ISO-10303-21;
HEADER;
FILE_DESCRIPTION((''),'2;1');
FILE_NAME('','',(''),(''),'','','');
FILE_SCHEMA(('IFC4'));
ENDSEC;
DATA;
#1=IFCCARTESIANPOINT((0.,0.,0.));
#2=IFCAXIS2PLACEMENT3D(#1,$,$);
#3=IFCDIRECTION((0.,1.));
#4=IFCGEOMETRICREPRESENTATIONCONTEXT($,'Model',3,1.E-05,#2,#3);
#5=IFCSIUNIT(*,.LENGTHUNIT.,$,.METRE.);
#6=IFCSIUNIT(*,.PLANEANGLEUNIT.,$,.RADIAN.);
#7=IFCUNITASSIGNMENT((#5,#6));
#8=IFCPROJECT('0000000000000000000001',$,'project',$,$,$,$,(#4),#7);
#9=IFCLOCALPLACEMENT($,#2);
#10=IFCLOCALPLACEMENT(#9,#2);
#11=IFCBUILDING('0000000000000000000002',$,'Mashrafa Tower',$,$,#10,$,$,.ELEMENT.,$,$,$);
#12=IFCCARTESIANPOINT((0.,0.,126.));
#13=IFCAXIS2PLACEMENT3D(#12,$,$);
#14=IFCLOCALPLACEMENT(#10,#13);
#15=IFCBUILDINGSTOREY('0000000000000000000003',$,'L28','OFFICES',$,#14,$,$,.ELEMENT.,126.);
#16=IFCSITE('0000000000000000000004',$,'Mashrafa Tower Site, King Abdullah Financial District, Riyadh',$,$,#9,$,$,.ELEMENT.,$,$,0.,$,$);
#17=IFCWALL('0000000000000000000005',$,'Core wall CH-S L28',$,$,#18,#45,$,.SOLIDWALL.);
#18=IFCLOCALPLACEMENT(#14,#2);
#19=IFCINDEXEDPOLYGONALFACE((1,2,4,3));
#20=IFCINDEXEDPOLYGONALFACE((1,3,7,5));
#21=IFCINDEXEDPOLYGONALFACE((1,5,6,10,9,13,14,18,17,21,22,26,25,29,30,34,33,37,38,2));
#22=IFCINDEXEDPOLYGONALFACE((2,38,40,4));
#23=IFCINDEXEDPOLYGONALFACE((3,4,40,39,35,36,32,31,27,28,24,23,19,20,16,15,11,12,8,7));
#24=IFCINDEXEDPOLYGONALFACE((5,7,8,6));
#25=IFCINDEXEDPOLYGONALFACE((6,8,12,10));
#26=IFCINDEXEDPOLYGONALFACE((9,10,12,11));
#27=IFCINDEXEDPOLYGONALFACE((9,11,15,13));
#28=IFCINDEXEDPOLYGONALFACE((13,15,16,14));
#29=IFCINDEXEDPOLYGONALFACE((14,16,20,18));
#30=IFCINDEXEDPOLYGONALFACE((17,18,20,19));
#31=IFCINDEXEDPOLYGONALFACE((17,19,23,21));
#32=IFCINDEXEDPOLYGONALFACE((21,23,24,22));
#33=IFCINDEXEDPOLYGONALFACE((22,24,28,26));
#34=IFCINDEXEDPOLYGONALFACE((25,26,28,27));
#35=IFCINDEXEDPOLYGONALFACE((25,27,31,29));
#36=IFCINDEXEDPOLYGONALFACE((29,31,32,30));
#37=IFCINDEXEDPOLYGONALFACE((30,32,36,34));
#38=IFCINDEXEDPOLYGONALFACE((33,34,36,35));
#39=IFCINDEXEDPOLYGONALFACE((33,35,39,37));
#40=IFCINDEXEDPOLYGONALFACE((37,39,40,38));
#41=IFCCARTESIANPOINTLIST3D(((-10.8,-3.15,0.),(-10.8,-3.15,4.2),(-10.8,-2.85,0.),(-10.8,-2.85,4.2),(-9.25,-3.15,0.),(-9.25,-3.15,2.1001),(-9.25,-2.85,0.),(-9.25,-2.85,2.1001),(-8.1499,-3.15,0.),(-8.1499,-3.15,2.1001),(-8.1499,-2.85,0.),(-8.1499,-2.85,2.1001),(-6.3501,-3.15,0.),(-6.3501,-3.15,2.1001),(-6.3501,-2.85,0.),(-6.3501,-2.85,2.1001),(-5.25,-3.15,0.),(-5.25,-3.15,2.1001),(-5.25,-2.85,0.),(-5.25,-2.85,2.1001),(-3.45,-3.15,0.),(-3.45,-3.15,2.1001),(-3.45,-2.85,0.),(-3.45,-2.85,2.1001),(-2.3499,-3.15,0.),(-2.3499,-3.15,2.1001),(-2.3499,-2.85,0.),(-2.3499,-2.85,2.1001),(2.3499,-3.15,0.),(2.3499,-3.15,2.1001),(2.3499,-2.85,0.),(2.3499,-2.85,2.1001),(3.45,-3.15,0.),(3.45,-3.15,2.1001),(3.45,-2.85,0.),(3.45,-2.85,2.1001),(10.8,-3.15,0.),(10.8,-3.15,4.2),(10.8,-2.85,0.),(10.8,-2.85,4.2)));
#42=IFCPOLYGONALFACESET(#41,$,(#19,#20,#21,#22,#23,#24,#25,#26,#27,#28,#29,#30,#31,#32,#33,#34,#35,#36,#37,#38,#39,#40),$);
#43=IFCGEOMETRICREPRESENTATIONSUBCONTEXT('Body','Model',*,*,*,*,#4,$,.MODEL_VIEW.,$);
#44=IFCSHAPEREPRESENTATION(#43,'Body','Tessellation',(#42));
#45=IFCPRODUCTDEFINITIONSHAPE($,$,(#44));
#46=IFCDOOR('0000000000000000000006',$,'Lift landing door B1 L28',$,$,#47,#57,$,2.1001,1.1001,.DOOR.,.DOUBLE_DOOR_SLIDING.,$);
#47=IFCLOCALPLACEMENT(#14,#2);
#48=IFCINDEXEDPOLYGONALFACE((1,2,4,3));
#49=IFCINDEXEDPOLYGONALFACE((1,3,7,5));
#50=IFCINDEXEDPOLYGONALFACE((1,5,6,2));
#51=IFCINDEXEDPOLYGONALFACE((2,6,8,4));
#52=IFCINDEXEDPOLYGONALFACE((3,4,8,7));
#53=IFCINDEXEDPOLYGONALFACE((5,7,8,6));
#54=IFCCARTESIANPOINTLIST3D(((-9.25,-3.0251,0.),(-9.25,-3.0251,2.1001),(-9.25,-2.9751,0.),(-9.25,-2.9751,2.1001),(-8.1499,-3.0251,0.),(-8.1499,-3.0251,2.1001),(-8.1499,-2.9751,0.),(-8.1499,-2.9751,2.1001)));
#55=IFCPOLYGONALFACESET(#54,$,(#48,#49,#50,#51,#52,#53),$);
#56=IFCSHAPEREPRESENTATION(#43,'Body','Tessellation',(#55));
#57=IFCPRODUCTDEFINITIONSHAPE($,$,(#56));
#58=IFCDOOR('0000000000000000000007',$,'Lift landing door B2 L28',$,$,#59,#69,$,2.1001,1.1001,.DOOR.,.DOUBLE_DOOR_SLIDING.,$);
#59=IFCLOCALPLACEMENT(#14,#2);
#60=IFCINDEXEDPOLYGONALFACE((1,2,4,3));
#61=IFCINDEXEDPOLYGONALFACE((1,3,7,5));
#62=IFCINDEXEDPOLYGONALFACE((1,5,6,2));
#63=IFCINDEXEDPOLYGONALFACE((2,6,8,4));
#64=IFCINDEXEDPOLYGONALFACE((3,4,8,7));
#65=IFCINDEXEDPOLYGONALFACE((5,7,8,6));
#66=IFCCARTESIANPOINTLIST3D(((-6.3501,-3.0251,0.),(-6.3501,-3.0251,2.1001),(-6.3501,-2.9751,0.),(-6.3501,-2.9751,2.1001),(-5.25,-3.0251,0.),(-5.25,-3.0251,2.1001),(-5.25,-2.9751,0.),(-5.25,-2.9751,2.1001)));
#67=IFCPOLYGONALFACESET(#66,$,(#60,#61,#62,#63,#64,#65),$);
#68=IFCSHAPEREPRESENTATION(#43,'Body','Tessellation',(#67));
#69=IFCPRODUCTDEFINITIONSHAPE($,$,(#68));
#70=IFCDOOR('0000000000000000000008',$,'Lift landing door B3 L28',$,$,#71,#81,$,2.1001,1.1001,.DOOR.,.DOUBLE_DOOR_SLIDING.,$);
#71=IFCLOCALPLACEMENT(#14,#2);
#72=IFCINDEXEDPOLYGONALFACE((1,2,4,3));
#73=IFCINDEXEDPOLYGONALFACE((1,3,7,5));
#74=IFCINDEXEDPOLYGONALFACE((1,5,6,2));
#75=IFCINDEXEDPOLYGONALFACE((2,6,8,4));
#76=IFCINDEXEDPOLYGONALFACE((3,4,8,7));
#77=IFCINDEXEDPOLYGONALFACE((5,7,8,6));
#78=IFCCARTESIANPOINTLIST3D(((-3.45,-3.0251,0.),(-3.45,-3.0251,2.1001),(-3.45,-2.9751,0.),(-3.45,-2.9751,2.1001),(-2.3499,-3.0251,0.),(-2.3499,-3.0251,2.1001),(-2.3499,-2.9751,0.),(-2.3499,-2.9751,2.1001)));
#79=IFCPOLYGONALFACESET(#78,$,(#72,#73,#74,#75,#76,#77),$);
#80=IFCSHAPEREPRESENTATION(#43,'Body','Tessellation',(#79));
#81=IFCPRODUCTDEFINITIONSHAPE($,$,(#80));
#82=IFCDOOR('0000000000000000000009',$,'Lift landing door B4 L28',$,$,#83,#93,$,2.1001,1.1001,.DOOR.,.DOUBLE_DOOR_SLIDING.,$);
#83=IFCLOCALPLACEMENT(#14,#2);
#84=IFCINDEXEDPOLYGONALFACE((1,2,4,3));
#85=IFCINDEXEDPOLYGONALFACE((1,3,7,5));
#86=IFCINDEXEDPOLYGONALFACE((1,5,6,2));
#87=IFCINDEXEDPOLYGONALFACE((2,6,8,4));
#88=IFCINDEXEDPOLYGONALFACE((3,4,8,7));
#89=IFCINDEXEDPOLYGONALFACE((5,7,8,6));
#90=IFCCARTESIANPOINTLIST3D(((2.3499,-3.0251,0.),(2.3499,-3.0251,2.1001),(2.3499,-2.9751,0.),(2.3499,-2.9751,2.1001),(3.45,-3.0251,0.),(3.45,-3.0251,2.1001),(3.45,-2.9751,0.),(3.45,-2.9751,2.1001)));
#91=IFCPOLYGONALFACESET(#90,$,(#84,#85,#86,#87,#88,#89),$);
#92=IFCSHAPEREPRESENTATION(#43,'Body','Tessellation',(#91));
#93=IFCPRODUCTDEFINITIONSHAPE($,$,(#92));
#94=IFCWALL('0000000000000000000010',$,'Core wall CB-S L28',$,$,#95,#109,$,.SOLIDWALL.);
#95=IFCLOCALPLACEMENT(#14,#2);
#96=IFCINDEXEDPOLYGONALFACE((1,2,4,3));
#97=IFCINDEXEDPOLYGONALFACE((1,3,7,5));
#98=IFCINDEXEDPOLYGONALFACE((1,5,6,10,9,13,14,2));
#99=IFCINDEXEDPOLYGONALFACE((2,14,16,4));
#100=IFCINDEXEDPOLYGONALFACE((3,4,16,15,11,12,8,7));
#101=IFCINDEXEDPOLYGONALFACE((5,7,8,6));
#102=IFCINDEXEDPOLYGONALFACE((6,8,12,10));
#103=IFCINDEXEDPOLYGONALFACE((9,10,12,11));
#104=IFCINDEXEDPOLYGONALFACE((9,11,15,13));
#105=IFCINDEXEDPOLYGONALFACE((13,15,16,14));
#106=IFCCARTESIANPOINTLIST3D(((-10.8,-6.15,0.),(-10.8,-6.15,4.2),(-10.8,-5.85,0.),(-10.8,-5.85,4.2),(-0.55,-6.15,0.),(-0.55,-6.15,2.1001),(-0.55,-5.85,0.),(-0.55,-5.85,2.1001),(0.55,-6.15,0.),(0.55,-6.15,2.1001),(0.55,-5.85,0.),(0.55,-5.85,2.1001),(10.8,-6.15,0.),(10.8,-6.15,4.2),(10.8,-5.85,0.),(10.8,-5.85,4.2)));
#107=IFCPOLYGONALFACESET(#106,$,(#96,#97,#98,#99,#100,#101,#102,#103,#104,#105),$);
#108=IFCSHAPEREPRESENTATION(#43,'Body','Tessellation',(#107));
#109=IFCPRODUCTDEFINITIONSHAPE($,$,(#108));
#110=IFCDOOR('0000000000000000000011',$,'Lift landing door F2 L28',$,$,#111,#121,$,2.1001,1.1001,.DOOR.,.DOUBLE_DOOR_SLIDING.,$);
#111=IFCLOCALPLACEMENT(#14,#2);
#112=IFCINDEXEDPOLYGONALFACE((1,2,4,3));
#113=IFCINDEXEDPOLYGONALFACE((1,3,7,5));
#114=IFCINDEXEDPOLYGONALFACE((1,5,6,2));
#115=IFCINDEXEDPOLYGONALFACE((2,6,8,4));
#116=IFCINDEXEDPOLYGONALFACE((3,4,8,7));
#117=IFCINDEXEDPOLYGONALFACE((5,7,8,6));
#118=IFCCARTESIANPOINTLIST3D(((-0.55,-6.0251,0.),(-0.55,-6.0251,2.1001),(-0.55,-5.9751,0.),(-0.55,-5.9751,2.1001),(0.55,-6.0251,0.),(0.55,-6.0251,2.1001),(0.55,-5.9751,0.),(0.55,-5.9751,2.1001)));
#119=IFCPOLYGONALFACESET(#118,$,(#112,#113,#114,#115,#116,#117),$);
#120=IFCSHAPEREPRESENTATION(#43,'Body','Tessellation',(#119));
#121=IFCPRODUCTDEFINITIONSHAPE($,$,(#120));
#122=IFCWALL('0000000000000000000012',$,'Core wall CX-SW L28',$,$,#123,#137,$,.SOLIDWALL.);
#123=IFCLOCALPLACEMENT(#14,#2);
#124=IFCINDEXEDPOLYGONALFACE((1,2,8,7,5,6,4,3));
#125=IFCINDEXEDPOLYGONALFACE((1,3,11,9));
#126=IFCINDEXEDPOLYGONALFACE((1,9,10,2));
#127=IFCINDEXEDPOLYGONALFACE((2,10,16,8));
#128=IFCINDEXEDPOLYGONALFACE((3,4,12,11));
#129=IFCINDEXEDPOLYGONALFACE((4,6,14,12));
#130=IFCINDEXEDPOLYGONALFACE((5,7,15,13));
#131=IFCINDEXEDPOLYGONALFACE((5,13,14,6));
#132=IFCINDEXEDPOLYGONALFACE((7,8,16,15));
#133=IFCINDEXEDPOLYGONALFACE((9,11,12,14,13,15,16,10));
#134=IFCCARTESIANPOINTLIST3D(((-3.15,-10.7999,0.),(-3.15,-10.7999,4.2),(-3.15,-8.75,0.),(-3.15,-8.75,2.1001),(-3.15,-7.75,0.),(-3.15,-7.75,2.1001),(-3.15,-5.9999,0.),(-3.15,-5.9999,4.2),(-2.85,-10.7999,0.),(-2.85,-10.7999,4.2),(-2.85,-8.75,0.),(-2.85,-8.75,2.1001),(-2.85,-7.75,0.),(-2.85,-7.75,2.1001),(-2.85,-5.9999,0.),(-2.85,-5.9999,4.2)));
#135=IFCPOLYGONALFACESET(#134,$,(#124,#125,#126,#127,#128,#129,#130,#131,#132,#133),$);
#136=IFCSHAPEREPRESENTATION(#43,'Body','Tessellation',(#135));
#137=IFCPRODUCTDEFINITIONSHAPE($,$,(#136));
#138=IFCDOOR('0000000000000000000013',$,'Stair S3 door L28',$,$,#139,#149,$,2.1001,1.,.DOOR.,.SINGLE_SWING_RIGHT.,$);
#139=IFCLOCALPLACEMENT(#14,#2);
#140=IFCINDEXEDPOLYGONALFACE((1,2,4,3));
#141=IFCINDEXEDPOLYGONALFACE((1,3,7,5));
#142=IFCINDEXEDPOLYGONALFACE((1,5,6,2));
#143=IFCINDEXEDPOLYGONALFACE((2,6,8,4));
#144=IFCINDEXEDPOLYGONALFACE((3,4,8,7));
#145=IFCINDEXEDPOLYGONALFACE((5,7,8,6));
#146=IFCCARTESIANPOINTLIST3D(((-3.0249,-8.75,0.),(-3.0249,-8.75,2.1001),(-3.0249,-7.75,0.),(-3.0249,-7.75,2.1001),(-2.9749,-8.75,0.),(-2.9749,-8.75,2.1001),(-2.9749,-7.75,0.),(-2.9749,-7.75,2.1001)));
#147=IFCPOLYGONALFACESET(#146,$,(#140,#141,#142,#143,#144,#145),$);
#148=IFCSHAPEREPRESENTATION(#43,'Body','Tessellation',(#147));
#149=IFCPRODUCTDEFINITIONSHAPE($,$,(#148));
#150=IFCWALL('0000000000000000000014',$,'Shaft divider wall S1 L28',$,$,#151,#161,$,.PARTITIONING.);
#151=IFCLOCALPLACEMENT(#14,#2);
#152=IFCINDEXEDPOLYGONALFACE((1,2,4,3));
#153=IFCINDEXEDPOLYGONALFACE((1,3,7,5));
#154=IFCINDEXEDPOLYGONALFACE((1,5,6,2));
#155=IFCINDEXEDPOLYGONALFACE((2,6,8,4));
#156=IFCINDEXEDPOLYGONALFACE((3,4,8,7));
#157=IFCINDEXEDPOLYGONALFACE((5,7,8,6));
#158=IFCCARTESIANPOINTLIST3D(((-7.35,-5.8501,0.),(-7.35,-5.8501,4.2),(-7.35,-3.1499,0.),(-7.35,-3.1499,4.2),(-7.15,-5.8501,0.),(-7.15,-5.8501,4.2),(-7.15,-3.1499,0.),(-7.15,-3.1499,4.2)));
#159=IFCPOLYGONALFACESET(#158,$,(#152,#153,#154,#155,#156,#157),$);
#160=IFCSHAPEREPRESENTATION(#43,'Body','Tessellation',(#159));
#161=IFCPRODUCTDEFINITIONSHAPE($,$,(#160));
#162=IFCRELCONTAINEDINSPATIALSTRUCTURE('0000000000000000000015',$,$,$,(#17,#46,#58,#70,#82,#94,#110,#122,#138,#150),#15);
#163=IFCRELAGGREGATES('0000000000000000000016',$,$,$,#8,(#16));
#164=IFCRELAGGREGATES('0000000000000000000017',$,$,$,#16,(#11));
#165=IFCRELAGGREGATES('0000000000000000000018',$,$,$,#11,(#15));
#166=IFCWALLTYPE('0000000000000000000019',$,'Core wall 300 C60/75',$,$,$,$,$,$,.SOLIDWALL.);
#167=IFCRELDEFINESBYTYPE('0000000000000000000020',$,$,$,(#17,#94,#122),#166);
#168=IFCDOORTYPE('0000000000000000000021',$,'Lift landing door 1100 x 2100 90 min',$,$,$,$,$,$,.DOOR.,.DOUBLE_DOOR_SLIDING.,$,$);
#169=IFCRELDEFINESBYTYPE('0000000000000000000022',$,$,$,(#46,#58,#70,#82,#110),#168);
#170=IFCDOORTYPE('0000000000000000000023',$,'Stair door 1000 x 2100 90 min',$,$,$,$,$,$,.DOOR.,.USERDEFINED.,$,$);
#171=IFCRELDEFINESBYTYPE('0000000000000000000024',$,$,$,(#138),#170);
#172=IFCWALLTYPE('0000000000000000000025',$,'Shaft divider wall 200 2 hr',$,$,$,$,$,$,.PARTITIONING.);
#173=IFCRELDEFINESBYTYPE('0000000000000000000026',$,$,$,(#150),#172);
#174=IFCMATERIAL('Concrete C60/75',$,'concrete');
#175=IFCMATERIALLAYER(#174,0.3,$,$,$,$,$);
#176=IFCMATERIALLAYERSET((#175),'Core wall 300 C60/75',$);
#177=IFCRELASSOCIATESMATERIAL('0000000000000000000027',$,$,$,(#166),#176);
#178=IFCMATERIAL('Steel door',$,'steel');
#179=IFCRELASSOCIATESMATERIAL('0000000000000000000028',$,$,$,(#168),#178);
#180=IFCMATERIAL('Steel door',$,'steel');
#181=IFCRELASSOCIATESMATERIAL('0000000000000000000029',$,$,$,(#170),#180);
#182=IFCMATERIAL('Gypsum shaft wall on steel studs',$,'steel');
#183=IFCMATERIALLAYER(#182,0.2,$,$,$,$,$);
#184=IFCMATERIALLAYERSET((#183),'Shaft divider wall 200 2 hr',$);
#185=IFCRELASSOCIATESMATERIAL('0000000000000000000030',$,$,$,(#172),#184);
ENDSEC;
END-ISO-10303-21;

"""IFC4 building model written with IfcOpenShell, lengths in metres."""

from ifc_helpers import new_model, si_unit, direction, frame, frame_2d, origin, place, context, subcontext, project, spatial, rectangle, extrude, material, layer, layer_set, type_object, element, fill, save


model = new_model("IFC4")

# Units and contexts
model_context = context("Model", 3, precision=1e-05, world=origin(), true_north=direction((0.0, 1.0)))
body_context = subcontext(model_context, "Body", "Model", "MODEL_VIEW")
ifc_project = project(units=[si_unit("LENGTHUNIT", "METRE"), si_unit("PLANEANGLEUNIT", "RADIAN")], contexts=[model_context])

# Site, building, storey
site_placement = place(None, origin())
site = spatial("IfcSite", under=ifc_project, at=site_placement, Name="Mashrafa Tower Site, King Abdullah Financial District, Riyadh", CompositionType="ELEMENT", RefElevation=0.0)
building_placement = place(site_placement, origin())
building = spatial("IfcBuilding", under=site, at=building_placement, Name="Mashrafa Tower", CompositionType="ELEMENT")
storey_placement = place(building_placement, frame((0.0, 0.0, 126.0)))
storey = spatial("IfcBuildingStorey", under=building, at=storey_placement, Name="L28", Description="OFFICES", CompositionType="ELEMENT", Elevation=126.0)

# Wall, openings, doors
ifc_material_1 = material(Name="Concrete C60/75", Category="concrete")
ifc_layer_1 = layer(ifc_material_1, 0.3)
ifc_layer_set_1 = layer_set([ifc_layer_1], Name="Core wall 300 C60/75")
wall_type_1 = type_object("IfcWallType", Name="Core wall 300 C60/75", PredefinedType="SOLIDWALL", material=ifc_layer_set_1)
wall_1_placement = place(storey_placement, frame((-10.8, -3.0, 0.0), z_axis=(0.0, 0.0, 1.0), x_axis=(1.0, 0.0, 0.0)))
wall_1 = element("IfcWall", 1, at=wall_1_placement, inside=storey, type_object=wall_type_1, Name="Core wall CH-S L28", PredefinedType="SOLIDWALL", context=body_context, shape_type="SweptSolid", body=[
    extrude(rectangle(XDim=21.6001, YDim=0.3, at=frame_2d((10.8, 0.0))), origin(), (0.0, 0.0, 1.0), 4.2),
])
opening_1_placement = place(wall_1_placement, frame((1.55, 0.0, 0.0)))
opening_1 = element("IfcOpeningElement", 2, at=opening_1_placement, cuts=wall_1, PredefinedType="OPENING", context=body_context, shape_type="SweptSolid", body=[
    extrude(rectangle(XDim=1.1001, YDim=2.1001, at=frame_2d((0.55, 1.05))), frame((0.0, 0.1599, 0.0), z_axis=(0.0, -1.0, 0.0), x_axis=(1.0, 0.0, 0.0)), (0.0, 0.0, 1.0), 0.3201),
])
opening_2_placement = place(wall_1_placement, frame((4.45, 0.0, 0.0)))
opening_2 = element("IfcOpeningElement", 3, at=opening_2_placement, cuts=wall_1, PredefinedType="OPENING", context=body_context, shape_type="SweptSolid", body=[
    extrude(rectangle(XDim=1.1001, YDim=2.1001, at=frame_2d((0.55, 1.05))), frame((0.0, 0.1599, 0.0), z_axis=(0.0, -1.0, 0.0), x_axis=(1.0, 0.0, 0.0)), (0.0, 0.0, 1.0), 0.3201),
])
opening_3_placement = place(wall_1_placement, frame((7.3501, 0.0, 0.0)))
opening_3 = element("IfcOpeningElement", 4, at=opening_3_placement, cuts=wall_1, PredefinedType="OPENING", context=body_context, shape_type="SweptSolid", body=[
    extrude(rectangle(XDim=1.1001, YDim=2.1001, at=frame_2d((0.55, 1.05))), frame((0.0, 0.1599, 0.0), z_axis=(0.0, -1.0, 0.0), x_axis=(1.0, 0.0, 0.0)), (0.0, 0.0, 1.0), 0.3201),
])
opening_4_placement = place(wall_1_placement, frame((13.1499, 0.0, 0.0)))
opening_4 = element("IfcOpeningElement", 5, at=opening_4_placement, cuts=wall_1, PredefinedType="OPENING", context=body_context, shape_type="SweptSolid", body=[
    extrude(rectangle(XDim=1.1001, YDim=2.1001, at=frame_2d((0.55, 1.05))), frame((0.0, 0.1599, 0.0), z_axis=(0.0, -1.0, 0.0), x_axis=(1.0, 0.0, 0.0)), (0.0, 0.0, 1.0), 0.3201),
])
ifc_material_2 = material(Name="Steel door", Category="steel")
door_type_1 = type_object("IfcDoorType", Name="Lift landing door 1100 x 2100 90 min", OperationType="DOUBLE_DOOR_SLIDING", PredefinedType="DOOR", material=ifc_material_2)
door_1_placement = place(opening_1_placement, origin())
door_1 = element("IfcDoor", 6, at=door_1_placement, inside=storey, type_object=door_type_1, Name="Lift landing door B1 L28", OperationType="DOUBLE_DOOR_SLIDING", OverallHeight=2.1001, OverallWidth=1.1001, PredefinedType="DOOR", context=body_context, shape_type="SweptSolid", body=[
    extrude(rectangle(XDim=1.1001, YDim=2.1001, at=frame_2d((0.55, 1.05))), frame((0.0, 0.0249, 0.0), z_axis=(0.0, -1.0, 0.0), x_axis=(1.0, 0.0, 0.0)), (0.0, 0.0, 1.0), 0.05),
])
fill(opening_1, door_1)
door_2_placement = place(opening_2_placement, origin())
door_2 = element("IfcDoor", 7, at=door_2_placement, inside=storey, type_object=door_type_1, Name="Lift landing door B2 L28", OperationType="DOUBLE_DOOR_SLIDING", OverallHeight=2.1001, OverallWidth=1.1001, PredefinedType="DOOR", context=body_context, shape_type="SweptSolid", body=[
    extrude(rectangle(XDim=1.1001, YDim=2.1001, at=frame_2d((0.55, 1.05))), frame((0.0, 0.0249, 0.0), z_axis=(0.0, -1.0, 0.0), x_axis=(1.0, 0.0, 0.0)), (0.0, 0.0, 1.0), 0.05),
])
fill(opening_2, door_2)
door_3_placement = place(opening_3_placement, origin())
door_3 = element("IfcDoor", 8, at=door_3_placement, inside=storey, type_object=door_type_1, Name="Lift landing door B3 L28", OperationType="DOUBLE_DOOR_SLIDING", OverallHeight=2.1001, OverallWidth=1.1001, PredefinedType="DOOR", context=body_context, shape_type="SweptSolid", body=[
    extrude(rectangle(XDim=1.1001, YDim=2.1001, at=frame_2d((0.55, 1.05))), frame((0.0, 0.0249, 0.0), z_axis=(0.0, -1.0, 0.0), x_axis=(1.0, 0.0, 0.0)), (0.0, 0.0, 1.0), 0.05),
])
fill(opening_3, door_3)
door_4_placement = place(opening_4_placement, origin())
door_4 = element("IfcDoor", 9, at=door_4_placement, inside=storey, type_object=door_type_1, Name="Lift landing door B4 L28", OperationType="DOUBLE_DOOR_SLIDING", OverallHeight=2.1001, OverallWidth=1.1001, PredefinedType="DOOR", context=body_context, shape_type="SweptSolid", body=[
    extrude(rectangle(XDim=1.1001, YDim=2.1001, at=frame_2d((0.55, 1.05))), frame((0.0, 0.0249, 0.0), z_axis=(0.0, -1.0, 0.0), x_axis=(1.0, 0.0, 0.0)), (0.0, 0.0, 1.0), 0.05),
])
fill(opening_4, door_4)

# Walls, openings, doors
wall_2_placement = place(storey_placement, frame((-10.8, -6.0, 0.0), z_axis=(0.0, 0.0, 1.0), x_axis=(1.0, 0.0, 0.0)))
wall_2 = element("IfcWall", 10, at=wall_2_placement, inside=storey, type_object=wall_type_1, Name="Core wall CB-S L28", PredefinedType="SOLIDWALL", context=body_context, shape_type="SweptSolid", body=[
    extrude(rectangle(XDim=21.6001, YDim=0.3, at=frame_2d((10.8, 0.0))), origin(), (0.0, 0.0, 1.0), 4.2),
])
opening_5_placement = place(wall_2_placement, frame((10.25, 0.0, 0.0)))
opening_5 = element("IfcOpeningElement", 11, at=opening_5_placement, cuts=wall_2, PredefinedType="OPENING", context=body_context, shape_type="SweptSolid", body=[
    extrude(rectangle(XDim=1.1001, YDim=2.1001, at=frame_2d((0.55, 1.05))), frame((0.0, 0.1599, 0.0), z_axis=(0.0, -1.0, 0.0), x_axis=(1.0, 0.0, 0.0)), (0.0, 0.0, 1.0), 0.3201),
])
door_5_placement = place(opening_5_placement, origin())
door_5 = element("IfcDoor", 12, at=door_5_placement, inside=storey, type_object=door_type_1, Name="Lift landing door F2 L28", OperationType="DOUBLE_DOOR_SLIDING", OverallHeight=2.1001, OverallWidth=1.1001, PredefinedType="DOOR", context=body_context, shape_type="SweptSolid", body=[
    extrude(rectangle(XDim=1.1001, YDim=2.1001, at=frame_2d((0.55, 1.05))), frame((0.0, 0.0249, 0.0), z_axis=(0.0, -1.0, 0.0), x_axis=(1.0, 0.0, 0.0)), (0.0, 0.0, 1.0), 0.05),
])
fill(opening_5, door_5)
wall_3_placement = place(storey_placement, frame((-3.0, -6.0, 0.0), z_axis=(0.0, 0.0, 1.0), x_axis=(0.0, -1.0, 0.0)))
wall_3 = element("IfcWall", 13, at=wall_3_placement, inside=storey, type_object=wall_type_1, Name="Core wall CX-SW L28", PredefinedType="SOLIDWALL", context=body_context, shape_type="SweptSolid", body=[
    extrude(rectangle(XDim=4.8, YDim=0.3, at=frame_2d((2.3999, 0.0))), origin(), (0.0, 0.0, 1.0), 4.2),
])
opening_6_placement = place(wall_3_placement, frame((1.75, 0.0, 0.0)))
opening_6 = element("IfcOpeningElement", 14, at=opening_6_placement, cuts=wall_3, PredefinedType="OPENING", context=body_context, shape_type="SweptSolid", body=[
    extrude(rectangle(XDim=1.0, YDim=2.1001, at=frame_2d((0.5, 1.05))), frame((0.0, 0.1599, 0.0), z_axis=(0.0, -1.0, 0.0), x_axis=(1.0, 0.0, 0.0)), (0.0, 0.0, 1.0), 0.3201),
])
ifc_material_3 = material(Name="Steel door", Category="steel")
door_type_2 = type_object("IfcDoorType", Name="Stair door 1000 x 2100 90 min", OperationType="USERDEFINED", PredefinedType="DOOR", material=ifc_material_3)
door_6_placement = place(opening_6_placement, frame((1.0, 0.0, 0.0), z_axis=(0.0, 0.0, 1.0), x_axis=(-1.0, 0.0, 0.0)))
door_6 = element("IfcDoor", 15, at=door_6_placement, inside=storey, type_object=door_type_2, Name="Stair S3 door L28", OperationType="SINGLE_SWING_RIGHT", OverallHeight=2.1001, OverallWidth=1.0, PredefinedType="DOOR", context=body_context, shape_type="SweptSolid", body=[
    extrude(rectangle(XDim=1.0, YDim=2.1001, at=frame_2d((0.5, 1.05))), frame((0.0, 0.0249, 0.0), z_axis=(0.0, -1.0, 0.0), x_axis=(1.0, 0.0, 0.0)), (0.0, 0.0, 1.0), 0.05),
])
fill(opening_6, door_6)

# Wall
ifc_material_4 = material(Name="Gypsum shaft wall on steel studs", Category="steel")
ifc_layer_2 = layer(ifc_material_4, 0.2)
ifc_layer_set_2 = layer_set([ifc_layer_2], Name="Shaft divider wall 200 2 hr")
wall_type_2 = type_object("IfcWallType", Name="Shaft divider wall 200 2 hr", PredefinedType="PARTITIONING", material=ifc_layer_set_2)
for number, where, z_axis, x_axis, name in (
    (16, (-7.25, -5.8501, 0.0), (0.0, 0.0, 1.0), (0.0, 1.0, 0.0), "Shaft divider wall S1 L28"),
):
    element("IfcWall", number, at=place(storey_placement, frame(where, z_axis=z_axis, x_axis=x_axis)), inside=storey, type_object=wall_type_2, Name=name, PredefinedType="PARTITIONING", context=body_context, shape_type="SweptSolid", body=[
        extrude(rectangle(XDim=2.7002, YDim=0.2, at=frame_2d((1.3501, 0.0))), origin(), (0.0, 0.0, 1.0), 4.2),
    ])

save(model, "model.ifc")
